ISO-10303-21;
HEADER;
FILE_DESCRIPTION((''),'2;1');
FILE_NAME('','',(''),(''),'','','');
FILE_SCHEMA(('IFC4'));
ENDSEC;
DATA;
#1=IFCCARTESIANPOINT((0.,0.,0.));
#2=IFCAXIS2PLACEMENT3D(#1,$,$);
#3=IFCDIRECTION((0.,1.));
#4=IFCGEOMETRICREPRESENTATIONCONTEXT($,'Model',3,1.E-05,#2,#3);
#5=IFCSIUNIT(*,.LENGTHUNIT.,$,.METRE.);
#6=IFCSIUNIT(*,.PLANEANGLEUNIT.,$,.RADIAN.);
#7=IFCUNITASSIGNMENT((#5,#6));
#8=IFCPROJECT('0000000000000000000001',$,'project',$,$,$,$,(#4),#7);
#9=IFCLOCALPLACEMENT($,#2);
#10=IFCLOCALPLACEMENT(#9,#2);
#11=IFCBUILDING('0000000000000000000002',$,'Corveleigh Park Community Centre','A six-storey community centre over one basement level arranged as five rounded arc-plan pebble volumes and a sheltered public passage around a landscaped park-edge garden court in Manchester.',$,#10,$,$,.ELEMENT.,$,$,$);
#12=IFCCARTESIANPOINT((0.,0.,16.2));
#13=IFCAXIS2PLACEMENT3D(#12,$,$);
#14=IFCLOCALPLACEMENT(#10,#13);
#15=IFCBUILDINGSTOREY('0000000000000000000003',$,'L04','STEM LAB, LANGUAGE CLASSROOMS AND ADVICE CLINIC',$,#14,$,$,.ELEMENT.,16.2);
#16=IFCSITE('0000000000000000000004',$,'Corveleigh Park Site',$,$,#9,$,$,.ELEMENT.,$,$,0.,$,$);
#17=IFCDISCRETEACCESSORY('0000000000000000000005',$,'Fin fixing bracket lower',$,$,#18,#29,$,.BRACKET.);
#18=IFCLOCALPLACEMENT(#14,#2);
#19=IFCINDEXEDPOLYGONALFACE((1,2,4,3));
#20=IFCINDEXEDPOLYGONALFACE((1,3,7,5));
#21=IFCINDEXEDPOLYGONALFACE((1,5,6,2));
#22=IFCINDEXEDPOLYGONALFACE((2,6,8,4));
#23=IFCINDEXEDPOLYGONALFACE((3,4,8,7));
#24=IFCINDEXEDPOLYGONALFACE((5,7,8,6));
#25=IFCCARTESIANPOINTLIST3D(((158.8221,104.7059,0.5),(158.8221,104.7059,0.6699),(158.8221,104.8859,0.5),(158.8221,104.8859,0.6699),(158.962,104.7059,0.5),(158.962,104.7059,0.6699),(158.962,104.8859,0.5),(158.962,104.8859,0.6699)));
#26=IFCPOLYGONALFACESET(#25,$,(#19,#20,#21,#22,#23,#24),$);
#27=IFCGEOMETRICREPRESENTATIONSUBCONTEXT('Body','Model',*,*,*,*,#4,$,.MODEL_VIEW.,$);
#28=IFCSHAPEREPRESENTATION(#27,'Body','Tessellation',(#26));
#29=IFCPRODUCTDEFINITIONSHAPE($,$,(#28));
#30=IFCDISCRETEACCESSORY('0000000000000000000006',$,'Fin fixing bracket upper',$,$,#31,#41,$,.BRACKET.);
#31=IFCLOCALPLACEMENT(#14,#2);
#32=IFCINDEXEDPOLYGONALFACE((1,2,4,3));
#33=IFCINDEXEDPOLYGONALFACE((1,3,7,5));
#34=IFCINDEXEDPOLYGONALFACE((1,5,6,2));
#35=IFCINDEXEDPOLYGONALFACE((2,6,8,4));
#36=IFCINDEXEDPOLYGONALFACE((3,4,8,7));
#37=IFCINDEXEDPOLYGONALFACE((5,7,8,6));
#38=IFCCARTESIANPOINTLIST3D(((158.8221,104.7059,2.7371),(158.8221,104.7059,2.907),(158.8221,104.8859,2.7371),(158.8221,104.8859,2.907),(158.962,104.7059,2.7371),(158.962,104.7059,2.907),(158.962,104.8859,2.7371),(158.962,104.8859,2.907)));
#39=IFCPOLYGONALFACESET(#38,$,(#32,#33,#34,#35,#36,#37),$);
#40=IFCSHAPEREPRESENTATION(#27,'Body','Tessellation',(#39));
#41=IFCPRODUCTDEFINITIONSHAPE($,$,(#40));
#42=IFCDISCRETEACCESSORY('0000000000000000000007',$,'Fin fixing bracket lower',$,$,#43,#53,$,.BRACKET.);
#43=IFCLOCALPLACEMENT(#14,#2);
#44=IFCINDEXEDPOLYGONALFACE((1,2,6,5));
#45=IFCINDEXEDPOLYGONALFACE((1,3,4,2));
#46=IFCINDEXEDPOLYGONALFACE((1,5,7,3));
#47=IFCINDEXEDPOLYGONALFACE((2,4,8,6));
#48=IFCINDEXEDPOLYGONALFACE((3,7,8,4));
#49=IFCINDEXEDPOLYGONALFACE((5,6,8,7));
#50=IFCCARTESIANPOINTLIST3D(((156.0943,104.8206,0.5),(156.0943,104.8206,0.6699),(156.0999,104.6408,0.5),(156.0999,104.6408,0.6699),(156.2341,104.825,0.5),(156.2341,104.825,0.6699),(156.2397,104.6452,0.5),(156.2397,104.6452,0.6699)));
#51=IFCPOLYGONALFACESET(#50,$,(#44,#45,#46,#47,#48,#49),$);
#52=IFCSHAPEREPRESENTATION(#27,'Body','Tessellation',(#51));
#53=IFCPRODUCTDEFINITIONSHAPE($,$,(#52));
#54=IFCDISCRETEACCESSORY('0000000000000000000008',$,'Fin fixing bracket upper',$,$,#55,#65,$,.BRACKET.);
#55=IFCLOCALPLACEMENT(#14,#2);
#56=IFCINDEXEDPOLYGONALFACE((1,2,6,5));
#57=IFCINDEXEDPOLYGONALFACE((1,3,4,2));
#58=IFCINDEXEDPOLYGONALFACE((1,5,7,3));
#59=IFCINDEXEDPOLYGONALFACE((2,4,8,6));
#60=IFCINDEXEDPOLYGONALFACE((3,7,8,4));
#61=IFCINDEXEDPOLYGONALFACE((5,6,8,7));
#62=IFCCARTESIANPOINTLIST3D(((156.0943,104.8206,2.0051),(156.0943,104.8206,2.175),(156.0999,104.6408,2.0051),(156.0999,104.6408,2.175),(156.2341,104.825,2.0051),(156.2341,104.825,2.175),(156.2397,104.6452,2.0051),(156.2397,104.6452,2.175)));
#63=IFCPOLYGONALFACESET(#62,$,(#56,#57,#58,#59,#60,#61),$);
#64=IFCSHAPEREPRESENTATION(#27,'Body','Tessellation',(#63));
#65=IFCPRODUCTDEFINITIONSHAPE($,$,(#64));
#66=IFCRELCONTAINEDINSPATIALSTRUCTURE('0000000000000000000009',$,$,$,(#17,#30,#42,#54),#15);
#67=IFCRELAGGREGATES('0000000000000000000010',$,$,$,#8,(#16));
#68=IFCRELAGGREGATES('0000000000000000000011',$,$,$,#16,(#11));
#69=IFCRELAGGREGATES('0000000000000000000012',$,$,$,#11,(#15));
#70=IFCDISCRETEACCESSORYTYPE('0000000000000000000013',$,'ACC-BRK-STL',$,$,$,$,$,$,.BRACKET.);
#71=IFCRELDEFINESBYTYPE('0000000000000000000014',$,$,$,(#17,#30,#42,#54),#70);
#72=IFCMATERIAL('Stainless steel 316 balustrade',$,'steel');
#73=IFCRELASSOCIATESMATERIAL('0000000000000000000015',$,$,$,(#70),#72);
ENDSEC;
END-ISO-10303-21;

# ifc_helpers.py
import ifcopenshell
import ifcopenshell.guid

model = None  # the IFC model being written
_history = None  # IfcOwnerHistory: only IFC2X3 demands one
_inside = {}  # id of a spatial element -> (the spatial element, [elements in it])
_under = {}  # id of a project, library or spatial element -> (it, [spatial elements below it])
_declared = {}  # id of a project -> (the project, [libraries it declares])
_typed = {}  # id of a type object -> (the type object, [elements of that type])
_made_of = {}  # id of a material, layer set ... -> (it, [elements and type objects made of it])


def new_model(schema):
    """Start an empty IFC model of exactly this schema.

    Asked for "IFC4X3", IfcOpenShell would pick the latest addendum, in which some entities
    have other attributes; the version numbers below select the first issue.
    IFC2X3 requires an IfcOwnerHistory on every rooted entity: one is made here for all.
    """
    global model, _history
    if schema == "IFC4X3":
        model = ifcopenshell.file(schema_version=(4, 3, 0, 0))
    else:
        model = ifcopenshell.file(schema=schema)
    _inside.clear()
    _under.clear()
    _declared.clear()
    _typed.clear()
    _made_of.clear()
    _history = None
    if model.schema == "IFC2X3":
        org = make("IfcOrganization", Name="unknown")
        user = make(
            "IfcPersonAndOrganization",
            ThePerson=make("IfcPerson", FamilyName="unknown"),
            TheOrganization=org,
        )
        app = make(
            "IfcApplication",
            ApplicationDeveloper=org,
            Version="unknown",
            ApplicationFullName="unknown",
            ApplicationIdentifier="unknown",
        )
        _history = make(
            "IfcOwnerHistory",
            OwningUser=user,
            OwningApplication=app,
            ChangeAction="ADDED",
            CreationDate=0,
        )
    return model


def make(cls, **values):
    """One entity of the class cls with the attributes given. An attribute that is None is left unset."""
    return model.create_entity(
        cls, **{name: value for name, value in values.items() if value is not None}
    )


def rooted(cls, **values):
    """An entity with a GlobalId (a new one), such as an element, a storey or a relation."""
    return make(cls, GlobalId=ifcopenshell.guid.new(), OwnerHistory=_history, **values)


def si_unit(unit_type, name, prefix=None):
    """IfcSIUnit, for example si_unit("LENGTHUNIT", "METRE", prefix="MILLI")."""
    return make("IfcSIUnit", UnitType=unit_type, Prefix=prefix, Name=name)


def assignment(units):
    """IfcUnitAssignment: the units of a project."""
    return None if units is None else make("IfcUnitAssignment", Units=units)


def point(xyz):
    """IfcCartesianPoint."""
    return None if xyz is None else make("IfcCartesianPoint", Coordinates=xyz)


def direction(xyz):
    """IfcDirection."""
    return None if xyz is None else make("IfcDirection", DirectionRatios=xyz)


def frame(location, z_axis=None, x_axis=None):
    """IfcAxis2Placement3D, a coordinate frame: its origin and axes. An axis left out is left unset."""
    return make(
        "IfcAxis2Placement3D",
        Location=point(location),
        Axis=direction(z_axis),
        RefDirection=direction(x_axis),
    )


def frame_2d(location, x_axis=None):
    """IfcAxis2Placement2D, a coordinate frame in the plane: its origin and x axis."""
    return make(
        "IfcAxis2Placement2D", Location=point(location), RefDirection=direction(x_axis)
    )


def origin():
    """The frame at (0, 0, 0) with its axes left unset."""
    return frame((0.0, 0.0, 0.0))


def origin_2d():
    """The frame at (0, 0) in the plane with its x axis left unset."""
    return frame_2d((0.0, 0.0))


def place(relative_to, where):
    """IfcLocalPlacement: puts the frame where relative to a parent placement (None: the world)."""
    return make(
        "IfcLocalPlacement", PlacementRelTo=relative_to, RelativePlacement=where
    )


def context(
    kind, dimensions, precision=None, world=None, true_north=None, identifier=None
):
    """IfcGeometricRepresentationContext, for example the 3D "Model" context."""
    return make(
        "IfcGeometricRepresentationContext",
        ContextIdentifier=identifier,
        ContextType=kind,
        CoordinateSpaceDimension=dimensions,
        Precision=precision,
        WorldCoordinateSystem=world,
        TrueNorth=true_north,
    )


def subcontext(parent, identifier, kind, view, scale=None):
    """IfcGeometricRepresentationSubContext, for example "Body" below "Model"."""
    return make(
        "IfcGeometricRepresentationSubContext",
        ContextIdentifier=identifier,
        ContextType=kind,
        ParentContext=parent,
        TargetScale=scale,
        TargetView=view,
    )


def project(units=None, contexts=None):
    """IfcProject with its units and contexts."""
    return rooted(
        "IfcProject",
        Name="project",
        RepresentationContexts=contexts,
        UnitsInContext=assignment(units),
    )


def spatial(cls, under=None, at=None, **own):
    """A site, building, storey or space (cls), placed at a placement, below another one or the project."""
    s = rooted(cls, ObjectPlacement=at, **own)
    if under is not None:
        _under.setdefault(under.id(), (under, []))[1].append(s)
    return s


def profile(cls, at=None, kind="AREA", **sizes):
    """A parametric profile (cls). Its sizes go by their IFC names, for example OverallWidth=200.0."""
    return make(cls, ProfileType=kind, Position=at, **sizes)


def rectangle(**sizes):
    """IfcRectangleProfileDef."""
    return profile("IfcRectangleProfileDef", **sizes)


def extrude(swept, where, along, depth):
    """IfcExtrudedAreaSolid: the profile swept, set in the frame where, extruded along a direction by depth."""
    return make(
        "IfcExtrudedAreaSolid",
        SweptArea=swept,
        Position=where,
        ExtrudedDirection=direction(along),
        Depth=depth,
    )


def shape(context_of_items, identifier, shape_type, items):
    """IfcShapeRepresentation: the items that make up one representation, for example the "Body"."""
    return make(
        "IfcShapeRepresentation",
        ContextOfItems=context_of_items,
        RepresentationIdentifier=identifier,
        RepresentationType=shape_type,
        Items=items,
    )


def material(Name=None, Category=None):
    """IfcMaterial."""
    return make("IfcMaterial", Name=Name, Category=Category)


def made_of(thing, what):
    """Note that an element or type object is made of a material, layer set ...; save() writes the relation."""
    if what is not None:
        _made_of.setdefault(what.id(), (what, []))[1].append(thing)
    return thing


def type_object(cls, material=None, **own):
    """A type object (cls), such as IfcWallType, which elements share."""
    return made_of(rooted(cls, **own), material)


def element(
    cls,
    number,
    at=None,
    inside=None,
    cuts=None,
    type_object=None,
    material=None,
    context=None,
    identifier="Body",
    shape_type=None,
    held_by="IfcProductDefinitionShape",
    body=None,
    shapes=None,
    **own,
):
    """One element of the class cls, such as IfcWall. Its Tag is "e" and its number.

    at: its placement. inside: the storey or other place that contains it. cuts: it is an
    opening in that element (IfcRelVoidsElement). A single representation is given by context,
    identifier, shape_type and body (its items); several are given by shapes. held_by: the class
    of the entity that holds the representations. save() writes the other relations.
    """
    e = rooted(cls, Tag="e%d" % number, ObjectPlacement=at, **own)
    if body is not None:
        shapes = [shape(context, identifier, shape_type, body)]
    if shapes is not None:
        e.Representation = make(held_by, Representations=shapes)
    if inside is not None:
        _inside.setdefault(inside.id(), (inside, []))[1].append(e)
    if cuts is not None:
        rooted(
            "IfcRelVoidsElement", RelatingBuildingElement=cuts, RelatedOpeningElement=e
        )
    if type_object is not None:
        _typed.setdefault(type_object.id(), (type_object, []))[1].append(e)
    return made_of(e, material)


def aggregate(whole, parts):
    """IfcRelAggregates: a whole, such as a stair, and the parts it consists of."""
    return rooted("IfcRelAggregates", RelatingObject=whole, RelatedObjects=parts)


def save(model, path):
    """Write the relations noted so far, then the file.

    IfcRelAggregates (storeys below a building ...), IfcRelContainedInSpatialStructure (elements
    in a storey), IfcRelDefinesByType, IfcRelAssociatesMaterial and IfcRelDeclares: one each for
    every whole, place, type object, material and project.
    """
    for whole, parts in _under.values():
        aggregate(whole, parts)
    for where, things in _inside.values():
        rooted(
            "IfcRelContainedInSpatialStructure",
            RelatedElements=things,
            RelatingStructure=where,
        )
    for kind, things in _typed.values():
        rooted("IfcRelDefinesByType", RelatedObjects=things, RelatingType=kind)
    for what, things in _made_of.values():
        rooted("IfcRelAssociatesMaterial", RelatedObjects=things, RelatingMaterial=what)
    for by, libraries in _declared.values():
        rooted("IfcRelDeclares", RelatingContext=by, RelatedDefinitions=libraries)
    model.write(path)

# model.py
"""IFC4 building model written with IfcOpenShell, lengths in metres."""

from ifc_helpers import new_model, si_unit, direction, frame, origin, origin_2d, place, context, subcontext, project, spatial, rectangle, extrude, material, type_object, element, save


model = new_model("IFC4")

# Units and contexts
model_context = context("Model", 3, precision=1e-05, world=origin(), true_north=direction((0.0, 1.0)))
body_context = subcontext(model_context, "Body", "Model", "MODEL_VIEW")
ifc_project = project(units=[si_unit("LENGTHUNIT", "METRE"), si_unit("PLANEANGLEUNIT", "RADIAN")], contexts=[model_context])

# Site, building, storey
site_placement = place(None, origin())
site = spatial("IfcSite", under=ifc_project, at=site_placement, Name="Corveleigh Park Site", CompositionType="ELEMENT", RefElevation=0.0)
building_placement = place(site_placement, origin())
building = spatial("IfcBuilding", under=site, at=building_placement, Name="Corveleigh Park Community Centre", Description="A six-storey community centre over one basement level arranged as five rounded arc-plan pebble volumes and a sheltered public passage around a landscaped park-edge garden court in Manchester.", CompositionType="ELEMENT")
storey_placement = place(building_placement, frame((0.0, 0.0, 16.2)))
storey = spatial("IfcBuildingStorey", under=building, at=storey_placement, Name="L04", Description="STEM LAB, LANGUAGE CLASSROOMS AND ADVICE CLINIC", CompositionType="ELEMENT", Elevation=16.2)

# Discrete accessories
ifc_material_1 = material(Name="Stainless steel 316 balustrade", Category="steel")
discrete_accessory_type = type_object("IfcDiscreteAccessoryType", Name="ACC-BRK-STL", PredefinedType="BRACKET", material=ifc_material_1)
for number, where, z_axis, x_axis, name in (
    (1, (158.8921, 104.7959, 0.5), (0.0, 0.0, 1.0), (0.0, 1.0, 0.0), "Fin fixing bracket lower"),
    (2, (158.8921, 104.7959, 2.7371), (0.0, 0.0, 1.0), (0.0, 1.0, 0.0), "Fin fixing bracket upper"),
    (3, (156.167, 104.7329, 0.5), (0.0, 0.0, 1.0), (-0.031454, 0.999505, 0.0), "Fin fixing bracket lower"),
    (4, (156.167, 104.7329, 2.0051), (0.0, 0.0, 1.0), (-0.031454, 0.999505, 0.0), "Fin fixing bracket upper"),
):
    element("IfcDiscreteAccessory", number, at=place(storey_placement, frame(where, z_axis=z_axis, x_axis=x_axis)), inside=storey, type_object=discrete_accessory_type, Name=name, PredefinedType="BRACKET", context=body_context, shape_type="SweptSolid", body=[
        extrude(rectangle(XDim=0.1799, YDim=0.1399, at=origin_2d()), origin(), (0.0, 0.0, 1.0), 0.1699),
    ])

save(model, "model.ifc")
